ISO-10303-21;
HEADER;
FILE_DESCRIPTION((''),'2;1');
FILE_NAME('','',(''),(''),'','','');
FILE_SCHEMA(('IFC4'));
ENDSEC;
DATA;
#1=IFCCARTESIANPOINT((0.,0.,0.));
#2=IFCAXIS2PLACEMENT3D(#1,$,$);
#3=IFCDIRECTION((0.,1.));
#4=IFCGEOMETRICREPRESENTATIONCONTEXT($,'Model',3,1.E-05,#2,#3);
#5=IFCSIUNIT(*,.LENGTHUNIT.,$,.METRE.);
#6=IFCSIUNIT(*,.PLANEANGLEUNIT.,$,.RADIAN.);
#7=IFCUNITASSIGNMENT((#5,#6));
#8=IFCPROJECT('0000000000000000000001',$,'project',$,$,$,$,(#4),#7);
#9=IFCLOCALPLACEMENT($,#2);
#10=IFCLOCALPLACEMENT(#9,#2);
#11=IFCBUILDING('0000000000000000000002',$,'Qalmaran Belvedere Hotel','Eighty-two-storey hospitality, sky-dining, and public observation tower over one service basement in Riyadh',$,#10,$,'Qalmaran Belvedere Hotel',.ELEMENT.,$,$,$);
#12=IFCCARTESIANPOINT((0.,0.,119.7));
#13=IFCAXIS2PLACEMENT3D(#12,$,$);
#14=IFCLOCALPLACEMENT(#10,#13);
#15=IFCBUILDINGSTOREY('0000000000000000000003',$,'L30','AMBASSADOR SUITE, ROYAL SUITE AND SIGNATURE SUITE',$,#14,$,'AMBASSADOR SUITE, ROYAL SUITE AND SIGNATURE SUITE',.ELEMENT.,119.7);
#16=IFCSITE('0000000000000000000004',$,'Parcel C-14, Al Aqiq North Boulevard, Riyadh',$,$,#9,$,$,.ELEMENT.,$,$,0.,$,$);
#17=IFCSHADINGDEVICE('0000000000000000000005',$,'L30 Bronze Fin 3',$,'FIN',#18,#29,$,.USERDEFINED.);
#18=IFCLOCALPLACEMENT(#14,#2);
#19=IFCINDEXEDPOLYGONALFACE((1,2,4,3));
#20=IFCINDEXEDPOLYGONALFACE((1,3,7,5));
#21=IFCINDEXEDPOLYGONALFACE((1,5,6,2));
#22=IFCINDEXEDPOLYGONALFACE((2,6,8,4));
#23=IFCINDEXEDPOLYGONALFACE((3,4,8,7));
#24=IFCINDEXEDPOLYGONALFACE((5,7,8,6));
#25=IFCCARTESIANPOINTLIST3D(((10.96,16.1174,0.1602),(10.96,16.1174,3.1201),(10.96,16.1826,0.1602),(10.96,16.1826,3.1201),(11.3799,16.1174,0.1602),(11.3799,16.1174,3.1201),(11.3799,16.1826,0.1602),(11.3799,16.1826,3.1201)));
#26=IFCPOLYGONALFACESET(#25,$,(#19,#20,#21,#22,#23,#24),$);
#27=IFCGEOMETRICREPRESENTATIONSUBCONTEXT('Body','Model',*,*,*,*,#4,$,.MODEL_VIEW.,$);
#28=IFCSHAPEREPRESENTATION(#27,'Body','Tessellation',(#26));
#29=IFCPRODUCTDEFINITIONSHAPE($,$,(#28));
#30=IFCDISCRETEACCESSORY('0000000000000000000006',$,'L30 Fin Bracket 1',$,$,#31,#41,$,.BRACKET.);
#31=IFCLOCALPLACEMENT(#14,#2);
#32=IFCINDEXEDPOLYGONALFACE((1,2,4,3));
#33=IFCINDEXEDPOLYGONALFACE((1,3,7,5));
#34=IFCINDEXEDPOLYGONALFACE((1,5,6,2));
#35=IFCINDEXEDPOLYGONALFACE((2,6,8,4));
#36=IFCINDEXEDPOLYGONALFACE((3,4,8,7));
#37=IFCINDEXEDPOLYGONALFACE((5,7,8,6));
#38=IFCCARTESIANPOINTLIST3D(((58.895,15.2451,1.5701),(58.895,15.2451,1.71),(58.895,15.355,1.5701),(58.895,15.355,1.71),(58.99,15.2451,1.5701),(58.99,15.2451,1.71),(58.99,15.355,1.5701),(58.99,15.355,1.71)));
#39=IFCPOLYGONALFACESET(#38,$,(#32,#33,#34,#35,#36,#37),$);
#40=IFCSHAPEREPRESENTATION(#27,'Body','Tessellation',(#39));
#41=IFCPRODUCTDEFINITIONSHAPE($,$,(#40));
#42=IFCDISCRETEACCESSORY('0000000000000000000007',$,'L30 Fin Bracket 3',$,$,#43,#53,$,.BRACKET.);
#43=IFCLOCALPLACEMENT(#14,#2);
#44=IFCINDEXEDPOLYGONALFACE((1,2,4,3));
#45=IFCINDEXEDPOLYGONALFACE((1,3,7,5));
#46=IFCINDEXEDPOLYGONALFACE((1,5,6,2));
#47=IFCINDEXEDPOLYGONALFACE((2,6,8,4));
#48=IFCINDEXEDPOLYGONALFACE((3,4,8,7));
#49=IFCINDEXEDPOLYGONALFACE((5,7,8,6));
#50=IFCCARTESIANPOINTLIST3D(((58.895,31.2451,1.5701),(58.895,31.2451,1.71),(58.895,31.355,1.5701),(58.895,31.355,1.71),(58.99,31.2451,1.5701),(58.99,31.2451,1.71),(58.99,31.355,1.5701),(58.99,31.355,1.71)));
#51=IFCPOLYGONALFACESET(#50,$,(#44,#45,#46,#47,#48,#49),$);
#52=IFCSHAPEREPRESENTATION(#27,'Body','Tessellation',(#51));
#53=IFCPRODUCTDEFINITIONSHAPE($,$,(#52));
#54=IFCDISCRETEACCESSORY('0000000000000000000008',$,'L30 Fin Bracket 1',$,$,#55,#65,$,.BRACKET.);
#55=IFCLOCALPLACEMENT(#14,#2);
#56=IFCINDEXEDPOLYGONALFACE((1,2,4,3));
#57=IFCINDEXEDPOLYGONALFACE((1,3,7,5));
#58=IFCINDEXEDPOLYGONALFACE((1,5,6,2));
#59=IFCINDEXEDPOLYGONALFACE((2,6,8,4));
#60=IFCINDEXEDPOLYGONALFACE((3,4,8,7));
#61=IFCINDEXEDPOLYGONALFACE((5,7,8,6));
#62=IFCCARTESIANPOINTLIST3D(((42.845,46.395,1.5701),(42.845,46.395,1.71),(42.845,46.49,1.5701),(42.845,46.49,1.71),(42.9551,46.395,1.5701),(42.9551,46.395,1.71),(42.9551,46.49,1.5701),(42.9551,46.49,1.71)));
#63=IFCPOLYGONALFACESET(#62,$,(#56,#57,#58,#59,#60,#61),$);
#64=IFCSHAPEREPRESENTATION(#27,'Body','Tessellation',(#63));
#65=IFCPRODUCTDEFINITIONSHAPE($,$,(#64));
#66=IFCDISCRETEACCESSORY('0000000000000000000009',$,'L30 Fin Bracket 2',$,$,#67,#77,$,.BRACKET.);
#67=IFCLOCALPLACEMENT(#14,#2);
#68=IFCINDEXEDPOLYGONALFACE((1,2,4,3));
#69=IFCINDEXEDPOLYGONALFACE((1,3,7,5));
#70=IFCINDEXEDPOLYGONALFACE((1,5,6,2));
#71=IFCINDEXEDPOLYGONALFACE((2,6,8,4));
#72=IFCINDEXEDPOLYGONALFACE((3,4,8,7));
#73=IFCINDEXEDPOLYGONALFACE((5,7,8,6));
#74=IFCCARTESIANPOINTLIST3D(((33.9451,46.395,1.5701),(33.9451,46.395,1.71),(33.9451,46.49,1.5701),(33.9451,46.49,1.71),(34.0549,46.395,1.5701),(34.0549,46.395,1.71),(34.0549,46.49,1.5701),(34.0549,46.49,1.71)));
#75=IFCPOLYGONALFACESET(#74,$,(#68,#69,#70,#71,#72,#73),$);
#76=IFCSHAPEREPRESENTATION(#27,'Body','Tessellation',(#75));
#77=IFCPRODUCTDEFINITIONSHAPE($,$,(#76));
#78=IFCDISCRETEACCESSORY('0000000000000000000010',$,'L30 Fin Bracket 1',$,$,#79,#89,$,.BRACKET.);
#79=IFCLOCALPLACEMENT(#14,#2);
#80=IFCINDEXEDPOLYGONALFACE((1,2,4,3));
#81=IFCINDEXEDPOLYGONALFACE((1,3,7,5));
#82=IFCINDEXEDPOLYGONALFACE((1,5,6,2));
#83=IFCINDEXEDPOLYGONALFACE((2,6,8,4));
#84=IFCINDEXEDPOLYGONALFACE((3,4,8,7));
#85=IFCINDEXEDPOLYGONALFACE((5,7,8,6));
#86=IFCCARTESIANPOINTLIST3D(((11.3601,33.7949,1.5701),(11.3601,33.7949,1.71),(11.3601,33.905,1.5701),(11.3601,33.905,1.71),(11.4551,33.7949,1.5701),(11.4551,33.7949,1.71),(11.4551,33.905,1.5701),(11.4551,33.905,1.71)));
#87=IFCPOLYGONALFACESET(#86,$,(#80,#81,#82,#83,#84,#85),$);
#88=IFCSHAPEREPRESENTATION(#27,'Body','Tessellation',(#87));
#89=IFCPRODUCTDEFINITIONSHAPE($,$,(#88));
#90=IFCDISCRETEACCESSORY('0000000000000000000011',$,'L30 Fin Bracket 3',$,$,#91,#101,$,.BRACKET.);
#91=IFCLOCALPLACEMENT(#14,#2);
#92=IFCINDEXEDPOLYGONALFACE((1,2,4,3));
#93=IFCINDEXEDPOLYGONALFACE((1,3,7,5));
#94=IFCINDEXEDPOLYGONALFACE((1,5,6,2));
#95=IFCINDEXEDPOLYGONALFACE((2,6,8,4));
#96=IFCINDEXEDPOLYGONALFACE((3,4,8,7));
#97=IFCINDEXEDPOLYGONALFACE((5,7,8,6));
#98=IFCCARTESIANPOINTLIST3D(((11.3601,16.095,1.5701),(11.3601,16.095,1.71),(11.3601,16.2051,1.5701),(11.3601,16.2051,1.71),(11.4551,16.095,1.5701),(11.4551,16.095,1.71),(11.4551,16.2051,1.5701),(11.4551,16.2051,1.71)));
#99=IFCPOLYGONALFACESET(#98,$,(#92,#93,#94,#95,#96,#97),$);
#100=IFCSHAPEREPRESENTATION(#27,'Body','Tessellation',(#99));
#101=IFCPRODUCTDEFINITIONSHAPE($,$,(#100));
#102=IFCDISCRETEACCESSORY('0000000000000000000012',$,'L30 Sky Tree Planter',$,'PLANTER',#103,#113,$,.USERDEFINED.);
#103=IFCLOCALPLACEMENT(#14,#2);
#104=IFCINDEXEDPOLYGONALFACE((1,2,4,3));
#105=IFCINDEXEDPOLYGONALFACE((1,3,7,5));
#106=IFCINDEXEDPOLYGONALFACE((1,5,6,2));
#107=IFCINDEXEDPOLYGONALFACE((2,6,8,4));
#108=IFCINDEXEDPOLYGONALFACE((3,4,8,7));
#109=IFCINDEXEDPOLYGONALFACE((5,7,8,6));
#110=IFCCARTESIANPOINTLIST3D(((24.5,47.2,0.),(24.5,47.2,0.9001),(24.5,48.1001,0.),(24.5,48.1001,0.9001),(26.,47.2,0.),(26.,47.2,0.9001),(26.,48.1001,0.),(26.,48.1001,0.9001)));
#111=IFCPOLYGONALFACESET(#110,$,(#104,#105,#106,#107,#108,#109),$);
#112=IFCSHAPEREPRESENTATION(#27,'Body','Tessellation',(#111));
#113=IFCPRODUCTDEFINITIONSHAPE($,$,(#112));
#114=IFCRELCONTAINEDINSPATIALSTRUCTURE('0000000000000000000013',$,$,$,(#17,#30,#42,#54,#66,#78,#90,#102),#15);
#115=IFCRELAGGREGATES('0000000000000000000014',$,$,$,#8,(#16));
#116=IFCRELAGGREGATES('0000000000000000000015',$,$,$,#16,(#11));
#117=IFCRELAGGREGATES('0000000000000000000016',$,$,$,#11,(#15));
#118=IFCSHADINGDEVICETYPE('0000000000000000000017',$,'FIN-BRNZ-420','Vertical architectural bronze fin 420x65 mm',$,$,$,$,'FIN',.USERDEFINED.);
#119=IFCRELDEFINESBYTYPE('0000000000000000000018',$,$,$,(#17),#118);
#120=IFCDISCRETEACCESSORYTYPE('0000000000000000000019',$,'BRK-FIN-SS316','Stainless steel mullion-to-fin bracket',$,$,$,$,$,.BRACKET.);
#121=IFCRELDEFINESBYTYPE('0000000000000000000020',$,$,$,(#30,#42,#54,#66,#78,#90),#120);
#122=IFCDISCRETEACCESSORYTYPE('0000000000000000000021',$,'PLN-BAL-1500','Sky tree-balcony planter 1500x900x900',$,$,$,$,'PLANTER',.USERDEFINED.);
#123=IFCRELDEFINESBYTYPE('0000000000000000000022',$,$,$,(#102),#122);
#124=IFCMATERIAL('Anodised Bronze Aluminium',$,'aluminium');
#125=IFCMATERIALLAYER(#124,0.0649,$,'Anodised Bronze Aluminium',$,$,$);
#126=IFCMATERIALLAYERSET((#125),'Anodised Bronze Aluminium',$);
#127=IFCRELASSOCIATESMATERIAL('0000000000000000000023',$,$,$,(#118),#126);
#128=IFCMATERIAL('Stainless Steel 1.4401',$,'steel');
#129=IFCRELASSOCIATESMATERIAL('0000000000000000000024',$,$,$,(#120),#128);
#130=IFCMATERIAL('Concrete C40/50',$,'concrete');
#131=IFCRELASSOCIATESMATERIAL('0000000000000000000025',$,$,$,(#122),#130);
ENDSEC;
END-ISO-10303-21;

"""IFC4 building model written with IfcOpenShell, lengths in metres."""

from ifc_helpers import new_model, si_unit, direction, frame, origin, place, context, subcontext, project, spatial, polyline, outline, extrude, material, layer, layer_set, type_object, element, save


model = new_model("IFC4")

# Units and contexts
model_context = context("Model", 3, precision=1e-05, world=origin(), true_north=direction((0.0, 1.0)))
body_context = subcontext(model_context, "Body", "Model", "MODEL_VIEW")
ifc_project = project(units=[si_unit("LENGTHUNIT", "METRE"), si_unit("PLANEANGLEUNIT", "RADIAN")], contexts=[model_context])

# Site, building, storey
site_placement = place(None, origin())
site = spatial("IfcSite", under=ifc_project, at=site_placement, Name="Parcel C-14, Al Aqiq North Boulevard, Riyadh", CompositionType="ELEMENT", RefElevation=0.0)
building_placement = place(site_placement, origin())
building = spatial("IfcBuilding", under=site, at=building_placement, Name="Qalmaran Belvedere Hotel", Description="Eighty-two-storey hospitality, sky-dining, and public observation tower over one service basement in Riyadh", LongName="Qalmaran Belvedere Hotel", CompositionType="ELEMENT")
storey_placement = place(building_placement, frame((0.0, 0.0, 119.7)))
storey = spatial("IfcBuildingStorey", under=building, at=storey_placement, Name="L30", Description="AMBASSADOR SUITE, ROYAL SUITE AND SIGNATURE SUITE", LongName="AMBASSADOR SUITE, ROYAL SUITE AND SIGNATURE SUITE", CompositionType="ELEMENT", Elevation=119.7)

# Shared definitions
ifc_material_1 = material(Name="Anodised Bronze Aluminium", Category="aluminium")

# Shared definitions
ifc_material_2 = material(Name="Concrete C40/50", Category="concrete")

# Shading device
ifc_layer_1 = layer(ifc_material_1, 0.0649, Name="Anodised Bronze Aluminium")
ifc_layer_set_1 = layer_set([ifc_layer_1], Name="Anodised Bronze Aluminium")
shading_device_type = type_object("IfcShadingDeviceType", Name="FIN-BRNZ-420", Description="Vertical architectural bronze fin 420x65 mm", ElementType="FIN", PredefinedType="USERDEFINED", material=ifc_layer_set_1)
shading_device_1_placement = place(storey_placement, frame((0.0, 0.0, 0.1602)))
element("IfcShadingDevice", 1, at=shading_device_1_placement, inside=storey, type_object=shading_device_type, Name="L30 Bronze Fin 3", ObjectType="FIN", PredefinedType="USERDEFINED", context=body_context, shape_type="SweptSolid", body=[
    extrude(outline(polyline([(11.3799, 16.1826), (10.96, 16.1826), (10.96, 16.1174), (11.3799, 16.1174), (11.3799, 16.1826)])), origin(), (0.0, 0.0, 1.0), 2.96),
])

# Discrete accessories
ifc_material_3 = material(Name="Stainless Steel 1.4401", Category="steel")
discrete_accessory_type_1 = type_object("IfcDiscreteAccessoryType", Name="BRK-FIN-SS316", Description="Stainless steel mullion-to-fin bracket", PredefinedType="BRACKET", material=ifc_material_3)
discrete_accessory_1_placement = place(storey_placement, frame((0.0, 0.0, 1.5701)))
element("IfcDiscreteAccessory", 2, at=discrete_accessory_1_placement, inside=storey, type_object=discrete_accessory_type_1, Name="L30 Fin Bracket 1", PredefinedType="BRACKET", context=body_context, shape_type="SweptSolid", body=[
    extrude(outline(polyline([(58.895, 15.2451), (58.99, 15.2451), (58.99, 15.355), (58.895, 15.355), (58.895, 15.2451)])), origin(), (0.0, 0.0, 1.0), 0.1399),
])
discrete_accessory_2_placement = place(storey_placement, frame((0.0, 0.0, 1.5701)))
element("IfcDiscreteAccessory", 3, at=discrete_accessory_2_placement, inside=storey, type_object=discrete_accessory_type_1, Name="L30 Fin Bracket 3", PredefinedType="BRACKET", context=body_context, shape_type="SweptSolid", body=[
    extrude(outline(polyline([(58.895, 31.2451), (58.99, 31.2451), (58.99, 31.355), (58.895, 31.355), (58.895, 31.2451)])), origin(), (0.0, 0.0, 1.0), 0.1399),
])
discrete_accessory_3_placement = place(storey_placement, frame((0.0, 0.0, 1.5701)))
element("IfcDiscreteAccessory", 4, at=discrete_accessory_3_placement, inside=storey, type_object=discrete_accessory_type_1, Name="L30 Fin Bracket 1", PredefinedType="BRACKET", context=body_context, shape_type="SweptSolid", body=[
    extrude(outline(polyline([(42.9551, 46.395), (42.9551, 46.49), (42.845, 46.49), (42.845, 46.395), (42.9551, 46.395)])), origin(), (0.0, 0.0, 1.0), 0.1399),
])
discrete_accessory_4_placement = place(storey_placement, frame((0.0, 0.0, 1.5701)))
element("IfcDiscreteAccessory", 5, at=discrete_accessory_4_placement, inside=storey, type_object=discrete_accessory_type_1, Name="L30 Fin Bracket 2", PredefinedType="BRACKET", context=body_context, shape_type="SweptSolid", body=[
    extrude(outline(polyline([(34.0549, 46.395), (34.0549, 46.49), (33.9451, 46.49), (33.9451, 46.395), (34.0549, 46.395)])), origin(), (0.0, 0.0, 1.0), 0.1399),
])
discrete_accessory_5_placement = place(storey_placement, frame((0.0, 0.0, 1.5701)))
element("IfcDiscreteAccessory", 6, at=discrete_accessory_5_placement, inside=storey, type_object=discrete_accessory_type_1, Name="L30 Fin Bracket 1", PredefinedType="BRACKET", context=body_context, shape_type="SweptSolid", body=[
    extrude(outline(polyline([(11.4551, 33.905), (11.3601, 33.905), (11.3601, 33.7949), (11.4551, 33.7949), (11.4551, 33.905)])), origin(), (0.0, 0.0, 1.0), 0.1399),
])
discrete_accessory_6_placement = place(storey_placement, frame((0.0, 0.0, 1.5701)))
element("IfcDiscreteAccessory", 7, at=discrete_accessory_6_placement, inside=storey, type_object=discrete_accessory_type_1, Name="L30 Fin Bracket 3", PredefinedType="BRACKET", context=body_context, shape_type="SweptSolid", body=[
    extrude(outline(polyline([(11.4551, 16.2051), (11.3601, 16.2051), (11.3601, 16.095), (11.4551, 16.095), (11.4551, 16.2051)])), origin(), (0.0, 0.0, 1.0), 0.1399),
])
discrete_accessory_type_2 = type_object("IfcDiscreteAccessoryType", Name="PLN-BAL-1500", Description="Sky tree-balcony planter 1500x900x900", ElementType="PLANTER", PredefinedType="USERDEFINED", material=ifc_material_2)
discrete_accessory_7_placement = place(storey_placement, origin())
element("IfcDiscreteAccessory", 8, at=discrete_accessory_7_placement, inside=storey, type_object=discrete_accessory_type_2, Name="L30 Sky Tree Planter", ObjectType="PLANTER", PredefinedType="USERDEFINED", context=body_context, shape_type="SweptSolid", body=[
    extrude(outline(polyline([(24.5, 47.2), (26.0, 47.2), (26.0, 48.1001), (24.5, 48.1001), (24.5, 47.2)])), origin(), (0.0, 0.0, 1.0), 0.9001),
])

save(model, "model.ifc")
